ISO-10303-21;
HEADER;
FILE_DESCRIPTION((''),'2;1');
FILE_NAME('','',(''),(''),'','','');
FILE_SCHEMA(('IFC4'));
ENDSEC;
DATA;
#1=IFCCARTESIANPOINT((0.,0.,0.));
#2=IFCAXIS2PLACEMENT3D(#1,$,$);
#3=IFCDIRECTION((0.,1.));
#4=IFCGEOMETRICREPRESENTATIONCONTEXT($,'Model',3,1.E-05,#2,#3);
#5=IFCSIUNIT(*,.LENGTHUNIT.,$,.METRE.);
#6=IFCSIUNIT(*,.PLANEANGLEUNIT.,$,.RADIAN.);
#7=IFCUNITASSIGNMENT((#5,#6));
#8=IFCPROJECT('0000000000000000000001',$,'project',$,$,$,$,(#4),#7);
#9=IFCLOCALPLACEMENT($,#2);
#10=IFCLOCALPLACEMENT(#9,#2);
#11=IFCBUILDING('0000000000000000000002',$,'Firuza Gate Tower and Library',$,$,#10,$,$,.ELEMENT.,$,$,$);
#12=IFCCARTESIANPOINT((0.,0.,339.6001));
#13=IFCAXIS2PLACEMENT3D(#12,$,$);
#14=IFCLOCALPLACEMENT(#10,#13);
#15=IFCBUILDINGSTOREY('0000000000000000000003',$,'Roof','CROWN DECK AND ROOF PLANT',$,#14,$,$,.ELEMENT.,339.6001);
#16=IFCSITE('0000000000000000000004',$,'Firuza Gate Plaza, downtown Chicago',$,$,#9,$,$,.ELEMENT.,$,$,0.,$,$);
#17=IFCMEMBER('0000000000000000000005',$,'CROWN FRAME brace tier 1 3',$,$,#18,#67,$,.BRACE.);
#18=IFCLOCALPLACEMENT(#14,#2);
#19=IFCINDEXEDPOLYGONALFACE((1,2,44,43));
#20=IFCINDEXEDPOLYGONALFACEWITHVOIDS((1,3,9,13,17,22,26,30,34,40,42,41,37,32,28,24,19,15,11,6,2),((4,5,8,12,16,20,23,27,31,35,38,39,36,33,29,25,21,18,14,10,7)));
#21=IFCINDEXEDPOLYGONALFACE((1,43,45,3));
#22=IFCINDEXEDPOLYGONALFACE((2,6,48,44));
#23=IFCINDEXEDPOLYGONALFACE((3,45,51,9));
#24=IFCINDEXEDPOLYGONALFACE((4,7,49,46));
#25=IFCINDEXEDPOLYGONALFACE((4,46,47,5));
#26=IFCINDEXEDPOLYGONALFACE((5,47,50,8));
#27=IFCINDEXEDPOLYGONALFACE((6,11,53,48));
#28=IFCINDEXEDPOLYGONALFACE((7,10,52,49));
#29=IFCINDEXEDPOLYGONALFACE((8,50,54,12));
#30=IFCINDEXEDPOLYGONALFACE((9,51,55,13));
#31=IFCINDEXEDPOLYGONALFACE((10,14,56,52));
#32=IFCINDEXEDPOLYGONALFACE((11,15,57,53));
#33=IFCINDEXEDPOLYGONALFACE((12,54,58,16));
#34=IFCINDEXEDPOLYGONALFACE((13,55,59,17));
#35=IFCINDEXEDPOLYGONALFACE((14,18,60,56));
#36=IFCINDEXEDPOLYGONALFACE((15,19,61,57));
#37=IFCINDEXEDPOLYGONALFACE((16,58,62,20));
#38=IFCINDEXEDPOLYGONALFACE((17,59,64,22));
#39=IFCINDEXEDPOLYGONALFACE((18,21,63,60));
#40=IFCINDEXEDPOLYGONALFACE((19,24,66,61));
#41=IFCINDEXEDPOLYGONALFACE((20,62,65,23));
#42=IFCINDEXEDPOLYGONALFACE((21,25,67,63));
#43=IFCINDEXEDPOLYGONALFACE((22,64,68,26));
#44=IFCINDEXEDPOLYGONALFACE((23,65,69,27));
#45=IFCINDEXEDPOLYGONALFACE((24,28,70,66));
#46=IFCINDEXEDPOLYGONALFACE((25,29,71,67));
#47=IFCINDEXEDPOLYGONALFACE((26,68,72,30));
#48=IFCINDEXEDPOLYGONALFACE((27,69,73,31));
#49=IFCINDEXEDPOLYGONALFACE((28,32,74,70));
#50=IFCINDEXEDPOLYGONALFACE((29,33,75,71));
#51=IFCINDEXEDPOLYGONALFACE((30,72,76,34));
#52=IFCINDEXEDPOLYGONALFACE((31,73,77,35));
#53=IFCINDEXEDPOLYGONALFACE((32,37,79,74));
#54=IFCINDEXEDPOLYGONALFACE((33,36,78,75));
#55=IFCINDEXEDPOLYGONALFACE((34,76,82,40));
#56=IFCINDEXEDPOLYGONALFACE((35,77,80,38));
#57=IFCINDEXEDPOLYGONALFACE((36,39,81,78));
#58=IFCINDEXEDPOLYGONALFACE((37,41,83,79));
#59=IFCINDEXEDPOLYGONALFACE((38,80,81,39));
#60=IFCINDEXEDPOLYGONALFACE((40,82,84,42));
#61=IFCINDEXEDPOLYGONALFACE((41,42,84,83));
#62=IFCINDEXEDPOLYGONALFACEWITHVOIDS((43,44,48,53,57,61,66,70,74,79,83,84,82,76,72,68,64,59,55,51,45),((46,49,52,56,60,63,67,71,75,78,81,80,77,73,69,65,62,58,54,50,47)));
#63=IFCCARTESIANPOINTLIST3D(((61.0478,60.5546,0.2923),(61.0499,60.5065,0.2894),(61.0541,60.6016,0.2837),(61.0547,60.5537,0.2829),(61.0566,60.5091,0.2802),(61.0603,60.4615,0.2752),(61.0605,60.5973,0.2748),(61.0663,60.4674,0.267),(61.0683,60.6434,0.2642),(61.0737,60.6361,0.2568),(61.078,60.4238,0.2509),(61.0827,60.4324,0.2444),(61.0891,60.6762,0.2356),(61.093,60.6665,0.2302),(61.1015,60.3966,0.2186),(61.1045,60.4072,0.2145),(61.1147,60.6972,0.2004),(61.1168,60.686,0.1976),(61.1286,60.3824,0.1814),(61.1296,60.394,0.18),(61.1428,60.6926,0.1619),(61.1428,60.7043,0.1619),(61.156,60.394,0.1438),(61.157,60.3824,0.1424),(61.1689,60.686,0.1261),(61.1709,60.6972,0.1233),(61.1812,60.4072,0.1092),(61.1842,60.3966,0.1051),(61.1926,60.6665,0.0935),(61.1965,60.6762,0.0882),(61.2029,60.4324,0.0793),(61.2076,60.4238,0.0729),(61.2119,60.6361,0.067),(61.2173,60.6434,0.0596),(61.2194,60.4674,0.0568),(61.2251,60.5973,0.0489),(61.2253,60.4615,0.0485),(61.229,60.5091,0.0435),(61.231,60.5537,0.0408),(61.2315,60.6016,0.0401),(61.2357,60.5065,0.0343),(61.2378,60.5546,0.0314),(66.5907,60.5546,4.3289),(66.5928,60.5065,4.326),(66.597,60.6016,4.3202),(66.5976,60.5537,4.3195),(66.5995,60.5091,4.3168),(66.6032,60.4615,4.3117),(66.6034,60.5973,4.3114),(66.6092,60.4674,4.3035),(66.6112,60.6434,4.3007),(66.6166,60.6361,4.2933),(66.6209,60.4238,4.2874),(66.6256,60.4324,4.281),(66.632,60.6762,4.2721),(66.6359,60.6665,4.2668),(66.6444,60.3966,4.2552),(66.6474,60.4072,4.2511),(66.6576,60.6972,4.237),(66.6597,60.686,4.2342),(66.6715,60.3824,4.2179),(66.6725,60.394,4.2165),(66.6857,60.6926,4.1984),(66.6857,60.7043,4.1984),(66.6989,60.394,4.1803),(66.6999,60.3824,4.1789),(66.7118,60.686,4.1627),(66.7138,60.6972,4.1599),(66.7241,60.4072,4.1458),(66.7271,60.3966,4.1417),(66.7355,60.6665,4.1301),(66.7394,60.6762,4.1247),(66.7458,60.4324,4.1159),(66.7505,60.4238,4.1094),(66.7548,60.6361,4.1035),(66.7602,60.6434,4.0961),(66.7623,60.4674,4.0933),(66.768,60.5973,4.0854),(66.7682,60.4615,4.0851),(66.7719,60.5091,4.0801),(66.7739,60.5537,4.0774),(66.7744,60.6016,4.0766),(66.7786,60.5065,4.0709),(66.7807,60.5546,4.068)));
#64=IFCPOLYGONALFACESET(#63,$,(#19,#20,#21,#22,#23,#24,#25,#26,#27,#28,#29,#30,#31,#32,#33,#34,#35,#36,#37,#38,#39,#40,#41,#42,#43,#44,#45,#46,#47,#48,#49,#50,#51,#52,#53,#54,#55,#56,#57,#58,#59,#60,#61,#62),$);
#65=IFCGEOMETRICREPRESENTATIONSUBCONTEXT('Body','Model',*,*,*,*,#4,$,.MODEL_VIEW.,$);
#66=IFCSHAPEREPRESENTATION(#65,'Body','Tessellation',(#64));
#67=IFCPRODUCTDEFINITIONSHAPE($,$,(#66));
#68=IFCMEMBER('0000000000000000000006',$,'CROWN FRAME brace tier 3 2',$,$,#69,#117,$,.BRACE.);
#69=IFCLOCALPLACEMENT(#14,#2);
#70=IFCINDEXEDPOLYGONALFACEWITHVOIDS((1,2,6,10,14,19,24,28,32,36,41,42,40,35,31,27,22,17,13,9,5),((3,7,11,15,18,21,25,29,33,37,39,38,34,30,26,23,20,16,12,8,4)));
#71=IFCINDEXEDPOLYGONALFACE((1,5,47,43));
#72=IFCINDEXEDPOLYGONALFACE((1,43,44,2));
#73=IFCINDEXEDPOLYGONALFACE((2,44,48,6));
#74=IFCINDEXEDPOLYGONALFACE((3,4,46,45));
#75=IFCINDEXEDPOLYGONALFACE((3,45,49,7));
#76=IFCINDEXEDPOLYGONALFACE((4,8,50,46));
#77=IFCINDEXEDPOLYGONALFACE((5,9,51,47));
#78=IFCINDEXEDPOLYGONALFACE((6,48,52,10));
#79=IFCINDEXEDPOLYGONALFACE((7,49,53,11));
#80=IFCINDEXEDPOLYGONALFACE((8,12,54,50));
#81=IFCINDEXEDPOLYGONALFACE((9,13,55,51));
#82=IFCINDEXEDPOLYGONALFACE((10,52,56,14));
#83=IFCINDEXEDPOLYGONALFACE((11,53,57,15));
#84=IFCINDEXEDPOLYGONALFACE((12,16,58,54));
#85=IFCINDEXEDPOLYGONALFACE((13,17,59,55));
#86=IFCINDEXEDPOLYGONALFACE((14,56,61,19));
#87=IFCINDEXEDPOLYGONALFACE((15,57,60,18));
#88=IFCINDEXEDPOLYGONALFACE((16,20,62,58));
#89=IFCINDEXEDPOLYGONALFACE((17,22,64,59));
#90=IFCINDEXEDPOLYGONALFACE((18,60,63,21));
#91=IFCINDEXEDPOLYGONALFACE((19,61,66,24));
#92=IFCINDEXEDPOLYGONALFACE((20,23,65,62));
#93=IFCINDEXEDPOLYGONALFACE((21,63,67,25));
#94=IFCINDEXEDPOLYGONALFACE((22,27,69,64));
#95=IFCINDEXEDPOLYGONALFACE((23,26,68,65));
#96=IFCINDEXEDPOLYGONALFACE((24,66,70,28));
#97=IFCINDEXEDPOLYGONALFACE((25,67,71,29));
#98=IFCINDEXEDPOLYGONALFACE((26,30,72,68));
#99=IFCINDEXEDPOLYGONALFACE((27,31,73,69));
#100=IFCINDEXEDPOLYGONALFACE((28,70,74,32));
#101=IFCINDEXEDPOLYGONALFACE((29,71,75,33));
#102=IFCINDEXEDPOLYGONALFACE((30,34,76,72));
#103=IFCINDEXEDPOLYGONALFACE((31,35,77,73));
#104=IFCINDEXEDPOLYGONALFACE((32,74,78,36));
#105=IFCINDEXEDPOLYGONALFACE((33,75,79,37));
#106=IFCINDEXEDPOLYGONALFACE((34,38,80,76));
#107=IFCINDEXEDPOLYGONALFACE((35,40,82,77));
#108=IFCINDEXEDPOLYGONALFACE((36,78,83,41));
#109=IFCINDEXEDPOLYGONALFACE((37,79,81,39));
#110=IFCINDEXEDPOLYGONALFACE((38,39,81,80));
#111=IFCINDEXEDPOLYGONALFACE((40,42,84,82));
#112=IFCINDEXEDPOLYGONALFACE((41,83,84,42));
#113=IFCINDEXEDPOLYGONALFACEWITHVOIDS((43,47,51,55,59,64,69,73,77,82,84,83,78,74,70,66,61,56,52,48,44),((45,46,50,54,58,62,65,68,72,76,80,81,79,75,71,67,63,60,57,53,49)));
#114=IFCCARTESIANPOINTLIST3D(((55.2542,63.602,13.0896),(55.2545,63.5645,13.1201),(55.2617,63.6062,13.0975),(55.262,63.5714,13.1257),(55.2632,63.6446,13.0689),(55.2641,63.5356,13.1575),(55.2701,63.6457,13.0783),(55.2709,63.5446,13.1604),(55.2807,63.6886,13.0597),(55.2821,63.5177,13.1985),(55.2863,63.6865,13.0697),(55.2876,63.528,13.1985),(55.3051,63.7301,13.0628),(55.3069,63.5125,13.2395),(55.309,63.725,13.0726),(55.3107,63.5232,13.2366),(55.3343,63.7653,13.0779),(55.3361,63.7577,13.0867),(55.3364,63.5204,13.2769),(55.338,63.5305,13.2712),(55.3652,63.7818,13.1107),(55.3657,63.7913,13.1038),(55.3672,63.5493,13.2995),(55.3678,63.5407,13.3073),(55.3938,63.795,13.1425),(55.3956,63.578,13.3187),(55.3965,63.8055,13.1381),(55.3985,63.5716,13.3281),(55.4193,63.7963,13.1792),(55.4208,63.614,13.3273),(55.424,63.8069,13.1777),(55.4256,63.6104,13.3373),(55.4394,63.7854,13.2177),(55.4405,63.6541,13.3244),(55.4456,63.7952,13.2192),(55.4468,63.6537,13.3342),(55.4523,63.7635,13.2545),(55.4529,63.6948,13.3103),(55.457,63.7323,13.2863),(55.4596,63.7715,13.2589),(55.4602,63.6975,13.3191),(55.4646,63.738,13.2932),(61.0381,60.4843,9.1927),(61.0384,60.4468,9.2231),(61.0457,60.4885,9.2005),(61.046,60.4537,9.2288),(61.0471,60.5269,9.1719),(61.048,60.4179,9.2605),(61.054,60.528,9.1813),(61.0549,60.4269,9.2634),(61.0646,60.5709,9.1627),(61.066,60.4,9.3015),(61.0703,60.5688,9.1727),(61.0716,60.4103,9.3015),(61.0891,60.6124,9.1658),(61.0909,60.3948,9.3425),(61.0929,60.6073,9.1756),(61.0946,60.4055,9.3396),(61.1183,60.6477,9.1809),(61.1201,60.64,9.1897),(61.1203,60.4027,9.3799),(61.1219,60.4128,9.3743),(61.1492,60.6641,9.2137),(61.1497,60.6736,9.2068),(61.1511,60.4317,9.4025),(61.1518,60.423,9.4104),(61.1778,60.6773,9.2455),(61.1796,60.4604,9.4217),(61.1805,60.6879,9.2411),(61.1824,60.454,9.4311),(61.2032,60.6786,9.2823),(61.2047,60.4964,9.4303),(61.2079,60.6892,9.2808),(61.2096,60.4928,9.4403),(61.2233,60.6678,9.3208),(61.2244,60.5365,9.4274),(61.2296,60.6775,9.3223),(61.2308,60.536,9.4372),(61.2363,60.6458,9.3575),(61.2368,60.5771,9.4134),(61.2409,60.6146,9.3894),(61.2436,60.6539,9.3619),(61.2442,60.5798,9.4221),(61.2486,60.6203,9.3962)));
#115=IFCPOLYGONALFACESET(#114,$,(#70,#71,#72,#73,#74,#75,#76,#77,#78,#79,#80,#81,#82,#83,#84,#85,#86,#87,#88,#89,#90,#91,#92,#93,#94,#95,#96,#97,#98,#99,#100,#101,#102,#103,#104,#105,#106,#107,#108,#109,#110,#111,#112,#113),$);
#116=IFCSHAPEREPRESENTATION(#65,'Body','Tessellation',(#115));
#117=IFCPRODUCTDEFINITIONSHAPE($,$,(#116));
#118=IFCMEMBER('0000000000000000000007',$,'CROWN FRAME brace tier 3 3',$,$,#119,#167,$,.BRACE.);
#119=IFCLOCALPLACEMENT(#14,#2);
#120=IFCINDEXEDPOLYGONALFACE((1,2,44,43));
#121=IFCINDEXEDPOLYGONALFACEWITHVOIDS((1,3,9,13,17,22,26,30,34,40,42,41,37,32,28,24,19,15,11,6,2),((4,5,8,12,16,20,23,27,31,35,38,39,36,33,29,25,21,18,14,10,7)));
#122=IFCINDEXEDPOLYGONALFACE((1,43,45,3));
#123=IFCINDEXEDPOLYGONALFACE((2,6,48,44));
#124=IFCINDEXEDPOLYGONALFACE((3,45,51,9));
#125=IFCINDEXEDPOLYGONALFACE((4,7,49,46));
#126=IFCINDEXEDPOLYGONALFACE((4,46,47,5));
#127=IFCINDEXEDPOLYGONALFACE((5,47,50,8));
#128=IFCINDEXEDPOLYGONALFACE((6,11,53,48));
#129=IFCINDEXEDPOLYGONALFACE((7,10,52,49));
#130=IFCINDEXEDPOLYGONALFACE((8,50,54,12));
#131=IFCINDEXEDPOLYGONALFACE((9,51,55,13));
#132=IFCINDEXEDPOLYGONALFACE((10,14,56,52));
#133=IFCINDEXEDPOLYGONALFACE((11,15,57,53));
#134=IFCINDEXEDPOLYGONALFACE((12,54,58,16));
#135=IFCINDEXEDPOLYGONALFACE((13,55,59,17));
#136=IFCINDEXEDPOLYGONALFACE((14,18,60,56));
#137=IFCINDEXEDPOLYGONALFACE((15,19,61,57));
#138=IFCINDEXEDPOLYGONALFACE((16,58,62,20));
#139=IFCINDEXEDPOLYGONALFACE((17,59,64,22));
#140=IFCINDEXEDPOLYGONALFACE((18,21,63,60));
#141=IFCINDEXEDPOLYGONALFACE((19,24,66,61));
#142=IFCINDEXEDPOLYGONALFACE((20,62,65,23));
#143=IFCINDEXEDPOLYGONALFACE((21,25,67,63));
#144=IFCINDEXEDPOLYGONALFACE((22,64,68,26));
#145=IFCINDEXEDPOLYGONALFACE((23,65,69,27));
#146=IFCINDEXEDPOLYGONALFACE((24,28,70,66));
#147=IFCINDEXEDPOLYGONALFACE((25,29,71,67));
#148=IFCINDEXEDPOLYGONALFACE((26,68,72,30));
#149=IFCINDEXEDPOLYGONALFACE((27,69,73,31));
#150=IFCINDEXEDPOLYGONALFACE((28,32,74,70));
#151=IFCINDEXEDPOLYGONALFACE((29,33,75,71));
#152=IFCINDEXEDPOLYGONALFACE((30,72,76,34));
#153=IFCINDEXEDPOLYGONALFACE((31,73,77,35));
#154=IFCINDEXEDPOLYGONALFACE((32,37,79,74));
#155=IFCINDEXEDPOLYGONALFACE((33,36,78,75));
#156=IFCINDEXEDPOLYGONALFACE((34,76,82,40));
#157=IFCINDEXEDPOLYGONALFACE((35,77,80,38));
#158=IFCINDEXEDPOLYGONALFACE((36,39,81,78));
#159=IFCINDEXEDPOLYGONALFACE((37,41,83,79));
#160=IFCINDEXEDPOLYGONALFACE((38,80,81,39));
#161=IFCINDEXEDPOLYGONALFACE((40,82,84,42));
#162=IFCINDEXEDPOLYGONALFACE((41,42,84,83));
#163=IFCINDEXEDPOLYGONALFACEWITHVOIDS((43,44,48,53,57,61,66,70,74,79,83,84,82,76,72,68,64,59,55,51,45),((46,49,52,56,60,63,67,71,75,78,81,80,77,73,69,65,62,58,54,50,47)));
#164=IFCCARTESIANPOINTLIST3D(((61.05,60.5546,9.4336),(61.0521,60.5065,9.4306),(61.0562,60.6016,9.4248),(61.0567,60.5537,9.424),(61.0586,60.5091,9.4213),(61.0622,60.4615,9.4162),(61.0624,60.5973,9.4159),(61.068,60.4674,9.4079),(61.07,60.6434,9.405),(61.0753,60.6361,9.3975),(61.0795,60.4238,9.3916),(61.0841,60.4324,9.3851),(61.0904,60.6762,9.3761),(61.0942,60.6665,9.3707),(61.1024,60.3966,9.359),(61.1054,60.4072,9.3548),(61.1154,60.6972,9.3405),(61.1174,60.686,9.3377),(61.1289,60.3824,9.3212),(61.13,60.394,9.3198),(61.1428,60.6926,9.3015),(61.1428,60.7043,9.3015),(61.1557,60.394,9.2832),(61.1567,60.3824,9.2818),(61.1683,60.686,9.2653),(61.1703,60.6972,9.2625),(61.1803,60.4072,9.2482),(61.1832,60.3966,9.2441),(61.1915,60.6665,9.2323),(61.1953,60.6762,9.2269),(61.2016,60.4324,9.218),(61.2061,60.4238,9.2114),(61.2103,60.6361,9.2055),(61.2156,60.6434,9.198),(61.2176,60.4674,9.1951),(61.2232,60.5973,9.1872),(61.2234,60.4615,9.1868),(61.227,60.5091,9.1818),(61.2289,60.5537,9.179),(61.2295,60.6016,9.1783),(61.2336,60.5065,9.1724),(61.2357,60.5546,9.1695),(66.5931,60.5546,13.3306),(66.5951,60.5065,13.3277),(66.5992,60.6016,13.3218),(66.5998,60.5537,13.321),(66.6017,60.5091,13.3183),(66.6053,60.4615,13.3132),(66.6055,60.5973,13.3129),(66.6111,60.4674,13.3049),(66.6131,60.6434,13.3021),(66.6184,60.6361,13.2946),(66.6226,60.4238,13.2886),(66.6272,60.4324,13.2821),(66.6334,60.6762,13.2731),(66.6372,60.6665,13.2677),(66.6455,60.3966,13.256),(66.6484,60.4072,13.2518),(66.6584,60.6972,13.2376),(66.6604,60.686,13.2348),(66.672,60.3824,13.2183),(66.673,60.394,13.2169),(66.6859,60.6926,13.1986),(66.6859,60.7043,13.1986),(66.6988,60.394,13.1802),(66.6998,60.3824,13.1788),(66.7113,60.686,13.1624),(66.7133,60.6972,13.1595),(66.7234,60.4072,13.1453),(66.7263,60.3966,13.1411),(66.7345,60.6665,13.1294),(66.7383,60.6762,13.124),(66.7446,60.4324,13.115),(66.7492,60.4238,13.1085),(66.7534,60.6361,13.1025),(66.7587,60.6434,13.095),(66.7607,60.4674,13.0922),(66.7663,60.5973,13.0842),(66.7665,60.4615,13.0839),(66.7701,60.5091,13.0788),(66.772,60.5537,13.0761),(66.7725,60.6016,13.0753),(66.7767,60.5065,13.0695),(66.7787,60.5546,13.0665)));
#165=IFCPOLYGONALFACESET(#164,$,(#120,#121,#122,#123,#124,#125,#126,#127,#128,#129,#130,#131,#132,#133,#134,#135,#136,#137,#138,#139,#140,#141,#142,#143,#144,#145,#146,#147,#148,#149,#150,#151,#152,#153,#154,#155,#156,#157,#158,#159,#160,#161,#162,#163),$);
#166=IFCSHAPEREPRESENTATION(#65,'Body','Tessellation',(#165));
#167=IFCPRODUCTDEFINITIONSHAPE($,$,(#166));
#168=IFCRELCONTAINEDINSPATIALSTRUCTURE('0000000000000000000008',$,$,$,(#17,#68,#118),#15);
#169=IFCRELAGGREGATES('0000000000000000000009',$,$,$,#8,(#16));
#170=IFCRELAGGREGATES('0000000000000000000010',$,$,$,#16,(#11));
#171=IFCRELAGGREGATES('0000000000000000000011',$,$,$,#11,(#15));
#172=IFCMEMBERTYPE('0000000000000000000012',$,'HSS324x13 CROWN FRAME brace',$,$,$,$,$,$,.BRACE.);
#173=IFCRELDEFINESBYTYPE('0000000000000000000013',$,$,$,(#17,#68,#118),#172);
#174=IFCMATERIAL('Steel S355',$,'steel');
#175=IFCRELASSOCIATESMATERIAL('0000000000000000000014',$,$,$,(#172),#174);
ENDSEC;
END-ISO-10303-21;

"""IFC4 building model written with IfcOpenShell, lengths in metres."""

from ifc_helpers import new_model, si_unit, direction, frame, origin, origin_2d, place, context, subcontext, project, spatial, hollow_circle, extrude, material, material_profile, profile_set, type_object, element, save


model = new_model("IFC4")

# Units and contexts
model_context = context("Model", 3, precision=1e-05, world=origin(), true_north=direction((0.0, 1.0)))
body_context = subcontext(model_context, "Body", "Model", "MODEL_VIEW")
ifc_project = project(units=[si_unit("LENGTHUNIT", "METRE"), si_unit("PLANEANGLEUNIT", "RADIAN")], contexts=[model_context])

# Site, building, storey
site_placement = place(None, origin())
site = spatial("IfcSite", under=ifc_project, at=site_placement, Name="Firuza Gate Plaza, downtown Chicago", CompositionType="ELEMENT", RefElevation=0.0)
building_placement = place(site_placement, origin())
building = spatial("IfcBuilding", under=site, at=building_placement, Name="Firuza Gate Tower and Library", CompositionType="ELEMENT")
storey_placement = place(building_placement, frame((0.0, 0.0, 339.6001)))
storey = spatial("IfcBuildingStorey", under=building, at=storey_placement, Name="Roof", Description="CROWN DECK AND ROOF PLANT", CompositionType="ELEMENT", Elevation=339.6001)

# Members
ifc_material_1 = material(Name="Steel S355", Category="steel")
ifc_material_profile_1 = material_profile(ifc_material_1, hollow_circle(Radius=0.1619, WallThickness=0.0117, at=origin_2d()))
ifc_profile_set_1 = profile_set([ifc_material_profile_1], Name="Steel S355")
member_type_1 = type_object("IfcMemberType", Name="HSS324x13 CROWN FRAME brace", PredefinedType="BRACE", material=ifc_profile_set_1)
member_1_placement = place(storey_placement, frame((61.1428, 60.5425, 0.1619), z_axis=(0.808363, 0.0, 0.588684), x_axis=(0.0, 1.0, 0.0)))
element("IfcMember", 1, at=member_1_placement, inside=storey, type_object=member_type_1, Name="CROWN FRAME brace tier 1 3", PredefinedType="BRACE", context=body_context, shape_type="SweptSolid", body=[
    extrude(hollow_circle(Radius=0.1619, WallThickness=0.0117, at=origin_2d()), origin(), (0.0, 0.0, 1.0), 6.8569),
])
member_2_placement = place(storey_placement, frame((61.1428, 60.5425, 9.3015), z_axis=(-0.757121, 0.408106, 0.510116), x_axis=(-0.474483, -0.880265, 0.0)))
element("IfcMember", 2, at=member_2_placement, inside=storey, type_object=member_type_1, Name="CROWN FRAME brace tier 3 2", PredefinedType="BRACE", context=body_context, shape_type="SweptSolid", body=[
    extrude(hollow_circle(Radius=0.1619, WallThickness=0.0117, at=origin_2d()), origin(), (0.0, 0.0, 1.0), 7.6394),
])
member_3_placement = place(storey_placement, frame((61.1428, 60.5425, 9.3015), z_axis=(0.818059, 0.0, 0.575135), x_axis=(0.0, 1.0, 0.0)))
element("IfcMember", 3, at=member_3_placement, inside=storey, type_object=member_type_1, Name="CROWN FRAME brace tier 3 3", PredefinedType="BRACE", context=body_context, shape_type="SweptSolid", body=[
    extrude(hollow_circle(Radius=0.1619, WallThickness=0.0117, at=origin_2d()), origin(), (0.0, 0.0, 1.0), 6.7759),
])

save(model, "model.ifc")
